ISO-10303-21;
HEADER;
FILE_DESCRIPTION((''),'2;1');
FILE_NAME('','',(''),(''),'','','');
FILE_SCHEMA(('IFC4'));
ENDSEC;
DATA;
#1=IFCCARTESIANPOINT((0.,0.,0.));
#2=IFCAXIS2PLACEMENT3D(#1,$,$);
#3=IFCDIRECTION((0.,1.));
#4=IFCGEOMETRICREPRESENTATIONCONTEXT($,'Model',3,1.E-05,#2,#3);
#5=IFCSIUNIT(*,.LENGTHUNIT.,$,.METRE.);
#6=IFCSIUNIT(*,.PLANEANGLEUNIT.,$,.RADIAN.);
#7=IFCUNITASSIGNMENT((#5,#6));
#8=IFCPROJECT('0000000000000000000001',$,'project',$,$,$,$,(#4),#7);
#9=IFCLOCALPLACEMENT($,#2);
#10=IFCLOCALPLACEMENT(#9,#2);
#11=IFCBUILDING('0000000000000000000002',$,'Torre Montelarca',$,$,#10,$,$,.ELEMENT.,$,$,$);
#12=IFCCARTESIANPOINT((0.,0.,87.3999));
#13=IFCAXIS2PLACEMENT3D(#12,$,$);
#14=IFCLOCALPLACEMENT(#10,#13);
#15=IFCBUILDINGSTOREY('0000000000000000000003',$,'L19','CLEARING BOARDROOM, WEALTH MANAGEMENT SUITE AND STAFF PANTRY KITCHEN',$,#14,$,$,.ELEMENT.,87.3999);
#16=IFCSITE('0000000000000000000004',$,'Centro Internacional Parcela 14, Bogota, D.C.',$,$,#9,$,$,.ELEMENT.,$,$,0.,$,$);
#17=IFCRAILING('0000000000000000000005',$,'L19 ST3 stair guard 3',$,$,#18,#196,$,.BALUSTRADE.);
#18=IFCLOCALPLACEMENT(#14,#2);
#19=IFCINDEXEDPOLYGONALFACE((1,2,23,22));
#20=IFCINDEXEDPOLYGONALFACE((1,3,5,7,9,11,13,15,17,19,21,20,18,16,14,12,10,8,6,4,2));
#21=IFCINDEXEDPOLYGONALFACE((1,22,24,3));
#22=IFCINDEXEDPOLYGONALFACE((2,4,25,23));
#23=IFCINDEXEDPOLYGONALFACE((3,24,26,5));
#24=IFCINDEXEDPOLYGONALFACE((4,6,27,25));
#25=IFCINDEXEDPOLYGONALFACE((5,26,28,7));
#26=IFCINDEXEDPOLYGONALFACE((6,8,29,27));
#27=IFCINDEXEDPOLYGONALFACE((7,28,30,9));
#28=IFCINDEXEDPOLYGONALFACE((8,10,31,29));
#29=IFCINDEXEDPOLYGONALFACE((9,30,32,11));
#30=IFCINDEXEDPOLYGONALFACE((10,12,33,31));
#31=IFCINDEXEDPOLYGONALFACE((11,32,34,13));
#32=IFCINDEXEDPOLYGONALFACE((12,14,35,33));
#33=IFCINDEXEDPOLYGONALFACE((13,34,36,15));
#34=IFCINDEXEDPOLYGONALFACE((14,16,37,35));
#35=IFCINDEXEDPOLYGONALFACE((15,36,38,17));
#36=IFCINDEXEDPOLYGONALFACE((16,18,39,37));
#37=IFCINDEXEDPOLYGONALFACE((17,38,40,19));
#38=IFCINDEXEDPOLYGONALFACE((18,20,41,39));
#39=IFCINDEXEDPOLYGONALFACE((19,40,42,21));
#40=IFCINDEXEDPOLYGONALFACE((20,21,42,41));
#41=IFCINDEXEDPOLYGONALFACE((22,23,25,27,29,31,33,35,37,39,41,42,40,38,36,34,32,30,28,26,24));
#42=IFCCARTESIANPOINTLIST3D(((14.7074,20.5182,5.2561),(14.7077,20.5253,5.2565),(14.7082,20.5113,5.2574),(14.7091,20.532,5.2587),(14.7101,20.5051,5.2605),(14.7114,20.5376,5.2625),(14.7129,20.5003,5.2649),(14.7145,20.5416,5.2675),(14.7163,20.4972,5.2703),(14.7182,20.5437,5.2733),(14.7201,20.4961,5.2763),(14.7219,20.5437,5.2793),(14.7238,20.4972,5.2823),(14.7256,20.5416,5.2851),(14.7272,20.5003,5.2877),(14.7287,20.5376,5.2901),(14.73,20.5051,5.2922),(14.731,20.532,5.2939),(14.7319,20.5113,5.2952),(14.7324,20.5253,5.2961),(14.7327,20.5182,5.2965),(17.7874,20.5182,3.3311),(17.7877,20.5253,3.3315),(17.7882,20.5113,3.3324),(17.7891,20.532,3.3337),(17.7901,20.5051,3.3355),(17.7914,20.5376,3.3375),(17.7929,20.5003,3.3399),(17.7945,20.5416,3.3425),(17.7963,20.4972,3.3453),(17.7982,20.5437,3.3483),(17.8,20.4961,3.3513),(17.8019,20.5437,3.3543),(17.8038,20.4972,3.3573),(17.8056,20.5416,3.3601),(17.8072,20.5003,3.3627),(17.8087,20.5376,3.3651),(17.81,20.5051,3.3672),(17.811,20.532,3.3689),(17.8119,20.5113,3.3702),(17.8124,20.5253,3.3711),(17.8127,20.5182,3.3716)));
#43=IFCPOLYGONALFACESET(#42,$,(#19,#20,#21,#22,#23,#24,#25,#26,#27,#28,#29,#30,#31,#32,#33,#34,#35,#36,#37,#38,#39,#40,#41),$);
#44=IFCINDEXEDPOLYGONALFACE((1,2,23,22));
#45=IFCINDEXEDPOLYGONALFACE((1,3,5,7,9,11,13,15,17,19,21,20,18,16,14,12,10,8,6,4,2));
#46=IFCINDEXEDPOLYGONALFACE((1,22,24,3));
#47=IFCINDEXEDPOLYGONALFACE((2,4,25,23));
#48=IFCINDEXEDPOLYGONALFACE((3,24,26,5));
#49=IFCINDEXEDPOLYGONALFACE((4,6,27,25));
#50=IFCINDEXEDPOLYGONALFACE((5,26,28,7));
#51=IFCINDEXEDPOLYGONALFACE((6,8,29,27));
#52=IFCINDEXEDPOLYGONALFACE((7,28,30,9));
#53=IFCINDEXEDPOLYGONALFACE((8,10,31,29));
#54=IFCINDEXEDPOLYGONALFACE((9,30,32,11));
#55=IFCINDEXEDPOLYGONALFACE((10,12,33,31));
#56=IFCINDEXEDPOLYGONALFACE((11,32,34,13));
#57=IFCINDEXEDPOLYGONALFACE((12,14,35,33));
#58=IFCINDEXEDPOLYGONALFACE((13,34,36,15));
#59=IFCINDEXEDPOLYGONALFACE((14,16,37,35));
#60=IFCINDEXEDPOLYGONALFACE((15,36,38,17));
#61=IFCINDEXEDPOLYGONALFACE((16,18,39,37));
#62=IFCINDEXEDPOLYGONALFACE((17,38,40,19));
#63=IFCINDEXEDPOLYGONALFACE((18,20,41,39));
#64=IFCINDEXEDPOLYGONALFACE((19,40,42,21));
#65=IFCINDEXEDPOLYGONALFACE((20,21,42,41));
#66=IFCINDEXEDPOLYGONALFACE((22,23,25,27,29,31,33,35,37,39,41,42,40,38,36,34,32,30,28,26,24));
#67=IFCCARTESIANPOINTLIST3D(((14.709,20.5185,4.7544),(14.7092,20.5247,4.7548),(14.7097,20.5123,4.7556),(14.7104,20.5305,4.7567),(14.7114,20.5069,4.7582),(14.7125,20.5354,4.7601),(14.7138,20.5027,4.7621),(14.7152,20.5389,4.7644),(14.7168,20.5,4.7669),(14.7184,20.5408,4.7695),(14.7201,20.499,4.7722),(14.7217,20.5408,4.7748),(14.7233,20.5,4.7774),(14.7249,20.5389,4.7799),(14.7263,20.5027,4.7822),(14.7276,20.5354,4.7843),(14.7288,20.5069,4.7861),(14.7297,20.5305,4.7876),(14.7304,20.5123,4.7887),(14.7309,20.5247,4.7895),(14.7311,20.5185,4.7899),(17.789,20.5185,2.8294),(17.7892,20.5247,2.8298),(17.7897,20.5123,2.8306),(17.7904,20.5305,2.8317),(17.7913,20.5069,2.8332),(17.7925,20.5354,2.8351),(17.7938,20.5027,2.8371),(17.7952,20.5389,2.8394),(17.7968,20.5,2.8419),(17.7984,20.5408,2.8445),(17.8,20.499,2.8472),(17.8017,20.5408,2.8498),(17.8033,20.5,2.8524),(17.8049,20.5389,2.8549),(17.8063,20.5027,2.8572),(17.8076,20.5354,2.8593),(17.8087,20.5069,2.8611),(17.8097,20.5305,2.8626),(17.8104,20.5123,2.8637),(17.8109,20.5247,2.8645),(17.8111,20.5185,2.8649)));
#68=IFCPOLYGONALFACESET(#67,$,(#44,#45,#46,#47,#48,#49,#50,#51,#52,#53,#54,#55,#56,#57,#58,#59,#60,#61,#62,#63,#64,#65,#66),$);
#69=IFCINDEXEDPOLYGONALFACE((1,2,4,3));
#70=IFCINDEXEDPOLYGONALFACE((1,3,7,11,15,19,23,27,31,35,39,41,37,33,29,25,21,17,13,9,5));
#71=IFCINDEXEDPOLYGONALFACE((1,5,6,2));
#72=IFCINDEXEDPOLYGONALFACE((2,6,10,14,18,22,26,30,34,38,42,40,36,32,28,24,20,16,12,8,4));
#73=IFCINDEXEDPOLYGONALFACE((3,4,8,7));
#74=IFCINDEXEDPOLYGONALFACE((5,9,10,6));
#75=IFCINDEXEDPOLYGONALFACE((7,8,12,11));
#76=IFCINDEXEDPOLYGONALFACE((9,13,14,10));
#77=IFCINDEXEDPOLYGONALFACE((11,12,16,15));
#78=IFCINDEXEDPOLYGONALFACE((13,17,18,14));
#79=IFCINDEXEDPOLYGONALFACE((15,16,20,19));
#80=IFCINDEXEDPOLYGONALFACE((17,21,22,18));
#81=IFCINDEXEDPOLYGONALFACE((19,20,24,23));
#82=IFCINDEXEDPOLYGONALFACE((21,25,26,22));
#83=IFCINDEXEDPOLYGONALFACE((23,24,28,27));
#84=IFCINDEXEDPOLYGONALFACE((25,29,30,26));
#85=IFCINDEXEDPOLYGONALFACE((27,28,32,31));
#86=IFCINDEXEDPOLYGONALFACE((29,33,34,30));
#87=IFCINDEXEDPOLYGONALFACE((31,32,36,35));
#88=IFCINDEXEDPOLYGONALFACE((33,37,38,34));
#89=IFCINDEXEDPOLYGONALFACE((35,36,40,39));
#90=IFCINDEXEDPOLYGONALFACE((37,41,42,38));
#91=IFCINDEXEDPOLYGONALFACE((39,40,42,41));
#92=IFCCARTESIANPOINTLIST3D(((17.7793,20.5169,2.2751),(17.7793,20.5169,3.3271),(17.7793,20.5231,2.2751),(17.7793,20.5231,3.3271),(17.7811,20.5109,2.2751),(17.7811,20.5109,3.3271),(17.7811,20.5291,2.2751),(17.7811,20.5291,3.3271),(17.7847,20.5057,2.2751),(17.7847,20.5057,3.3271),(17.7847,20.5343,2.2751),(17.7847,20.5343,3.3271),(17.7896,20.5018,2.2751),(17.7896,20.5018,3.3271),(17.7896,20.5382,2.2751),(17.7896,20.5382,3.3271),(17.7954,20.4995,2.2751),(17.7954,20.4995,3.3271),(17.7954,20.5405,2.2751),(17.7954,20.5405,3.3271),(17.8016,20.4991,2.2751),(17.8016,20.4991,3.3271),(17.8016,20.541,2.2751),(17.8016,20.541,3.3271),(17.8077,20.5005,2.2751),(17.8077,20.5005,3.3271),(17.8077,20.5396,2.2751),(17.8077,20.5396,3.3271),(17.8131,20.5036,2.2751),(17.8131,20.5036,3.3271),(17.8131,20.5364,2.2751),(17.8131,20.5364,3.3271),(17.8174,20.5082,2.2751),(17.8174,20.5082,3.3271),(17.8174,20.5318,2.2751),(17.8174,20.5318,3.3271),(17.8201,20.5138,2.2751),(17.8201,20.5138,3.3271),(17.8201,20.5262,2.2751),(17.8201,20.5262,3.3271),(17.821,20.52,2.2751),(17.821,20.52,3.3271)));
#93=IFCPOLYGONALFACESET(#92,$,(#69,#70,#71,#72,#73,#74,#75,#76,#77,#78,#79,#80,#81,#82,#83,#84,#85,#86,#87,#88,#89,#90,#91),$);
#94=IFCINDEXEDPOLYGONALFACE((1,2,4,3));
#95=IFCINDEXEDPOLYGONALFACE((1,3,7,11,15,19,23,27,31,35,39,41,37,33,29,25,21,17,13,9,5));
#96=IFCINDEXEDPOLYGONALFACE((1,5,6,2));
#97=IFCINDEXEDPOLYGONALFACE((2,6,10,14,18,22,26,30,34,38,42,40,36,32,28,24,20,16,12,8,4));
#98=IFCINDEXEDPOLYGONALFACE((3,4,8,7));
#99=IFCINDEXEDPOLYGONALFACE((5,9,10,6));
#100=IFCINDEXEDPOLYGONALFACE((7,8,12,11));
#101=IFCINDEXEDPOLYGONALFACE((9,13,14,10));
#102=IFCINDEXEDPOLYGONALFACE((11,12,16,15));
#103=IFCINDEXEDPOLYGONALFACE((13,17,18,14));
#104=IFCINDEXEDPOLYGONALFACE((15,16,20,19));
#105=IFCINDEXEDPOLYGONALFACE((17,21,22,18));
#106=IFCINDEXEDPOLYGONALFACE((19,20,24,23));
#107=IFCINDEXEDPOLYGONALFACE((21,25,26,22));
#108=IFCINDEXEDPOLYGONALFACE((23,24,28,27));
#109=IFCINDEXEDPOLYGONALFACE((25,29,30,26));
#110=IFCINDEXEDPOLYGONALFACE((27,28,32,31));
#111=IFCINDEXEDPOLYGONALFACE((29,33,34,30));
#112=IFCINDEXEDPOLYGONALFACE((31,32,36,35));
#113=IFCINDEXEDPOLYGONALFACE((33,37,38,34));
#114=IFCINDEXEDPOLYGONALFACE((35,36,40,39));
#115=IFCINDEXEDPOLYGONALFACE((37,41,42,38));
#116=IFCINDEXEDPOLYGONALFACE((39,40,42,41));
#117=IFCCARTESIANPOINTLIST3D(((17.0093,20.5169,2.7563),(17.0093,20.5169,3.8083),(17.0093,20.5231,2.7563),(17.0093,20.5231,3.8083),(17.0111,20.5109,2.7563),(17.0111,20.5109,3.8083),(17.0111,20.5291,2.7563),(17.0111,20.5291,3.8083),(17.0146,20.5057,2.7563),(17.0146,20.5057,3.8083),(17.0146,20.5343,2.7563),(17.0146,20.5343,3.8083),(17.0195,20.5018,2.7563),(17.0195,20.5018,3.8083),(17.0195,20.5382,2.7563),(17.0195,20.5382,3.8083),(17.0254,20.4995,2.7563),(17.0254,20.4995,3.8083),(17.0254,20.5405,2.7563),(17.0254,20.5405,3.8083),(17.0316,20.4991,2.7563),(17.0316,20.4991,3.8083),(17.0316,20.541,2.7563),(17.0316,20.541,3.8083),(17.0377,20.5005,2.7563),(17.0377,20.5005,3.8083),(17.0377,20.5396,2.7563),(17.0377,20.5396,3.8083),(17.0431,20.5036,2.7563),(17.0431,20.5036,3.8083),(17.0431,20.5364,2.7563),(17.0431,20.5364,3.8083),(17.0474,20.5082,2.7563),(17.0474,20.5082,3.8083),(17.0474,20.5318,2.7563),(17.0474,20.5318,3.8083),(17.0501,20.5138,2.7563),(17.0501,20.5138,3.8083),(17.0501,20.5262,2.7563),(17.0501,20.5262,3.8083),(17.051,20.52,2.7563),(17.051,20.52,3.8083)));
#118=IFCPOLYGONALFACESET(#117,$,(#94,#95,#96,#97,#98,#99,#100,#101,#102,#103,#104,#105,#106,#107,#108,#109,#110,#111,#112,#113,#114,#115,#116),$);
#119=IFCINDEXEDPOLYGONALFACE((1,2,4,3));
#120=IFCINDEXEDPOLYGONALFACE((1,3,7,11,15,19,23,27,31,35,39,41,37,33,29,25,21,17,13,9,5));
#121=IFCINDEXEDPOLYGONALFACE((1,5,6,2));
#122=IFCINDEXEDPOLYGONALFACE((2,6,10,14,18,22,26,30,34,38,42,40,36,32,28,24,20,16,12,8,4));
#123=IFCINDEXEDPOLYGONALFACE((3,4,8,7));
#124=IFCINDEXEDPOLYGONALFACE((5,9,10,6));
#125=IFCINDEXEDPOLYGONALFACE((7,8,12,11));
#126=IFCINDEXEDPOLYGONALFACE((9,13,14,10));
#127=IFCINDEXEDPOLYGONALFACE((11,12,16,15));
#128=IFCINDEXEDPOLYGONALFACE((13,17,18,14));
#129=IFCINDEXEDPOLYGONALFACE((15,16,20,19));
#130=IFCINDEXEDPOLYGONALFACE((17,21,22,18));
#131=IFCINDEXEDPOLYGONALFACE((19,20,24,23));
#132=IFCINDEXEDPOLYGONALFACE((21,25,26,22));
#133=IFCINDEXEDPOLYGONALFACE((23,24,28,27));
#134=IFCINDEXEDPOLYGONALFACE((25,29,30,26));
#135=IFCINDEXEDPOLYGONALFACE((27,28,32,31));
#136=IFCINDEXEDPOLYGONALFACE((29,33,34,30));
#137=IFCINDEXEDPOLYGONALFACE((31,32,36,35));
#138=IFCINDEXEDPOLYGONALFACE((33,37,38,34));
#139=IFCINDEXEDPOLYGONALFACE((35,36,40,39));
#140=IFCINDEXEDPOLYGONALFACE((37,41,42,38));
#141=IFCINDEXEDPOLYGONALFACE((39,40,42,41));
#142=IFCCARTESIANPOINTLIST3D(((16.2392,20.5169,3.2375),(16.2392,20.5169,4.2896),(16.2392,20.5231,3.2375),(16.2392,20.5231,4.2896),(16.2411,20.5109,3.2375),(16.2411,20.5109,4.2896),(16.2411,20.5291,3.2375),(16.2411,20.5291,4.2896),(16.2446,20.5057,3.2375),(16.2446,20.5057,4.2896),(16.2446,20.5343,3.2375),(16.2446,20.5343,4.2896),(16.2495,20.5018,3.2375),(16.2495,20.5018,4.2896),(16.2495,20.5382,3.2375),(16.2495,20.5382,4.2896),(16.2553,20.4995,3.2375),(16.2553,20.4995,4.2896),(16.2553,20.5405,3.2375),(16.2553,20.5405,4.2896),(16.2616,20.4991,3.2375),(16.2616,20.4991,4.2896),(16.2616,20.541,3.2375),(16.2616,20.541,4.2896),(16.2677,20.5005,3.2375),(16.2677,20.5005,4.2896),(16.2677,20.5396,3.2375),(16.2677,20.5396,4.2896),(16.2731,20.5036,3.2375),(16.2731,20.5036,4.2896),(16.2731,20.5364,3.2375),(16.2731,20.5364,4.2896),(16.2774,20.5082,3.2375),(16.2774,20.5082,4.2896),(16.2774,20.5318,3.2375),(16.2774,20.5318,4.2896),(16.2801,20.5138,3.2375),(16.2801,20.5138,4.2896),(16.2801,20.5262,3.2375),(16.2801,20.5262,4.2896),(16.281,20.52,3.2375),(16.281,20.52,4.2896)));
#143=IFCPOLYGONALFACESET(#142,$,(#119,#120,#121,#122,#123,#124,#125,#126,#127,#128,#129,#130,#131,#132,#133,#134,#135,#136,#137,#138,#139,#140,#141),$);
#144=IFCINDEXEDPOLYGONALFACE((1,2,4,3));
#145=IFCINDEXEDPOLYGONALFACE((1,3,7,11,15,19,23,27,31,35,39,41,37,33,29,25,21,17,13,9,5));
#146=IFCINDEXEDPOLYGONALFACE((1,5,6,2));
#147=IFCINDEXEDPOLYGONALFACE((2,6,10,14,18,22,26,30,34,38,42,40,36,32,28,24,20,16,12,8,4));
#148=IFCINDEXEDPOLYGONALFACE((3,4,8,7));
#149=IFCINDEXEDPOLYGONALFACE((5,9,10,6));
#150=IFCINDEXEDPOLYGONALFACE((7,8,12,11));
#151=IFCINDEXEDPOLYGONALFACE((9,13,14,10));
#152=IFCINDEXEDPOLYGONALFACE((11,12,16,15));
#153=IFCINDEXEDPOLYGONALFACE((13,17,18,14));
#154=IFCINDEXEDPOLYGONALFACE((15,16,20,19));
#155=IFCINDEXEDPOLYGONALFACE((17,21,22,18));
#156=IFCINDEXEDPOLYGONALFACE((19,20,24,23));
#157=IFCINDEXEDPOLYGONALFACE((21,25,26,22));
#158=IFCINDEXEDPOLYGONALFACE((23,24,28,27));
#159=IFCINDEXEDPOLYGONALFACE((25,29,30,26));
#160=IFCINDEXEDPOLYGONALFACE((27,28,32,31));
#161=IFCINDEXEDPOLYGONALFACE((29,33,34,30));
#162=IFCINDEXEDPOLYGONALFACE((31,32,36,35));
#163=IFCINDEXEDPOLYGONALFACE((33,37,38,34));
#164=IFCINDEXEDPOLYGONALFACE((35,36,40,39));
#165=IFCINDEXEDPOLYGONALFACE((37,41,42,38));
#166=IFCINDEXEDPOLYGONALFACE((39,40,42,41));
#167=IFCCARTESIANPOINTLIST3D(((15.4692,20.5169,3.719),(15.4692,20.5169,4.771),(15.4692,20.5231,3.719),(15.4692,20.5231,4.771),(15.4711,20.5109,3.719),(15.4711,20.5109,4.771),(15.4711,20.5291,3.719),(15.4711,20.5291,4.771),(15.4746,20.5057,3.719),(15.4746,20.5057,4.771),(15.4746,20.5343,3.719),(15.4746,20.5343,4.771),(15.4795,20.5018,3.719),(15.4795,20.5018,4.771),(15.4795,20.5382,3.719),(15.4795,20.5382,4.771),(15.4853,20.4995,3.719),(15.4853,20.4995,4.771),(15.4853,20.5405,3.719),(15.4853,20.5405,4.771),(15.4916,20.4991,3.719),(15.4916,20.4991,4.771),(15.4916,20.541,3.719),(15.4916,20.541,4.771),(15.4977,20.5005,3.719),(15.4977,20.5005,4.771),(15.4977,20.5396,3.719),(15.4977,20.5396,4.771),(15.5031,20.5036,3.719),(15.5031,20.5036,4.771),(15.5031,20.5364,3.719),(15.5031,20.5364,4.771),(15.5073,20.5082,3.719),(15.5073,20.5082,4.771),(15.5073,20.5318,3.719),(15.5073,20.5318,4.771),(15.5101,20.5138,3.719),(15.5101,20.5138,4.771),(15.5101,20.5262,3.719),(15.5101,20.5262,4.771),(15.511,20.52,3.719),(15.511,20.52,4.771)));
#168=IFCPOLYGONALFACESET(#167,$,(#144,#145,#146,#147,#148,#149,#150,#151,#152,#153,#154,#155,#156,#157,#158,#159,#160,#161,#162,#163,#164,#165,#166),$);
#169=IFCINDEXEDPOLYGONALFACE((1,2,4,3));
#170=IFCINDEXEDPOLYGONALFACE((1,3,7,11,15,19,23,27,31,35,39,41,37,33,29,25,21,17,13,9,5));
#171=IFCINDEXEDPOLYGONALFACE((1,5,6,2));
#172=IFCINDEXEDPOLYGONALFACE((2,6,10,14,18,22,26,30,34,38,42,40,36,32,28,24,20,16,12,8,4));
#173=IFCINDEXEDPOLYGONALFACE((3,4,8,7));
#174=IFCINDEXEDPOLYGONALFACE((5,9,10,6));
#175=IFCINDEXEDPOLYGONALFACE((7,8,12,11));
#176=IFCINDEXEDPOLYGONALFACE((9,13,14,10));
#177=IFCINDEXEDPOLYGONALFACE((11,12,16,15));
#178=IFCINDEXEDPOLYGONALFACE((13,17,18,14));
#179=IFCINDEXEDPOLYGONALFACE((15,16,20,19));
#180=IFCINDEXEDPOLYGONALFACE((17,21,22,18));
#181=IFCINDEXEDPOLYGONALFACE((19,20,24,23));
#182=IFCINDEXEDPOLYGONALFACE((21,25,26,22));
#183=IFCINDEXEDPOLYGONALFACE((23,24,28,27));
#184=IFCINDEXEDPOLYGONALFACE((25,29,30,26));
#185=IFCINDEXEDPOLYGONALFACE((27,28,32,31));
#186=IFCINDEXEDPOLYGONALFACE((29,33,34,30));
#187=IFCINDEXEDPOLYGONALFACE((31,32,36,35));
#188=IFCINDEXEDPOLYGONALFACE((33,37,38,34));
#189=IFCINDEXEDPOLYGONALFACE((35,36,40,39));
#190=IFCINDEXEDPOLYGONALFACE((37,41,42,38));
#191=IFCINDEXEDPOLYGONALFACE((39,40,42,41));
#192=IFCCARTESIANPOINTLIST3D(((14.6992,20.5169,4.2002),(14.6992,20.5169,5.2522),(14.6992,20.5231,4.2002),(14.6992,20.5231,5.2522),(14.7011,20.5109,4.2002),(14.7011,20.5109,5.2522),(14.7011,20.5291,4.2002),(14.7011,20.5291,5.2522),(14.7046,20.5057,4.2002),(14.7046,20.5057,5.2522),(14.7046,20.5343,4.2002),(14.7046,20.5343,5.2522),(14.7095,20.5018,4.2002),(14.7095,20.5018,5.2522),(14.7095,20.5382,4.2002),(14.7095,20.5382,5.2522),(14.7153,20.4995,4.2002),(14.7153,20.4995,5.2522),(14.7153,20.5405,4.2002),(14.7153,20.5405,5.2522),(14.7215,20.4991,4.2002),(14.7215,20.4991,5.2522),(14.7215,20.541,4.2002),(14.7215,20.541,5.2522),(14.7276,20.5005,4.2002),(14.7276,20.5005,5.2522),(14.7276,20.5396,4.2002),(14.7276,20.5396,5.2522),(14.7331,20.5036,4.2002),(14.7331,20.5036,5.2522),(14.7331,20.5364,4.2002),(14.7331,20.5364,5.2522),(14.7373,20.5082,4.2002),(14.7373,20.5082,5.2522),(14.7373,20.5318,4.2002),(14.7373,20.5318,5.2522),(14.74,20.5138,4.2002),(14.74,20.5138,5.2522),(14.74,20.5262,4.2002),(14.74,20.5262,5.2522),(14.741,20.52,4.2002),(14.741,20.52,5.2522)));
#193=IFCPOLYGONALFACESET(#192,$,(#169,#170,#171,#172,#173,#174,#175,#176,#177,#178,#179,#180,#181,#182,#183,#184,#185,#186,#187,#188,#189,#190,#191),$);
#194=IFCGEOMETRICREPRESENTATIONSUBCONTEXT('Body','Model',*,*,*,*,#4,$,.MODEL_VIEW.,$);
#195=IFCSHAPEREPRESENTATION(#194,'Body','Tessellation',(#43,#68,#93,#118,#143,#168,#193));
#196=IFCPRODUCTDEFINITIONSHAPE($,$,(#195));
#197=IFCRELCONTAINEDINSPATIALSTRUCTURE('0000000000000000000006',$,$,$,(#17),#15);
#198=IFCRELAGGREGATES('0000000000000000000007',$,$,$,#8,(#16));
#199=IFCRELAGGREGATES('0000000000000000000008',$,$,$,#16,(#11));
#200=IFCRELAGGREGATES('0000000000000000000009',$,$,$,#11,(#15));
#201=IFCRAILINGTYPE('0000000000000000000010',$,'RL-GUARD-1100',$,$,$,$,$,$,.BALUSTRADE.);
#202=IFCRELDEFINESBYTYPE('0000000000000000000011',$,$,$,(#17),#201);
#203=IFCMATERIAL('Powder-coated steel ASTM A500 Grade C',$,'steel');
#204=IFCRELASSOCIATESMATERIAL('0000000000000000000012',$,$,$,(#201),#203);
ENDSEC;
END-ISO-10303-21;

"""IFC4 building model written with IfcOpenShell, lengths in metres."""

from ifc_helpers import new_model, si_unit, direction, frame, origin, origin_2d, place, context, subcontext, project, spatial, circle, extrude, material, type_object, element, save


model = new_model("IFC4")

# Units and contexts
model_context = context("Model", 3, precision=1e-05, world=origin(), true_north=direction((0.0, 1.0)))
body_context = subcontext(model_context, "Body", "Model", "MODEL_VIEW")
ifc_project = project(units=[si_unit("LENGTHUNIT", "METRE"), si_unit("PLANEANGLEUNIT", "RADIAN")], contexts=[model_context])

# Site, building, storey
site_placement = place(None, origin())
site = spatial("IfcSite", under=ifc_project, at=site_placement, Name="Centro Internacional Parcela 14, Bogota, D.C.", CompositionType="ELEMENT", RefElevation=0.0)
building_placement = place(site_placement, origin())
building = spatial("IfcBuilding", under=site, at=building_placement, Name="Torre Montelarca", CompositionType="ELEMENT")
storey_placement = place(building_placement, frame((0.0, 0.0, 87.3999)))
storey = spatial("IfcBuildingStorey", under=building, at=storey_placement, Name="L19", Description="CLEARING BOARDROOM, WEALTH MANAGEMENT SUITE AND STAFF PANTRY KITCHEN", CompositionType="ELEMENT", Elevation=87.3999)

# Railing
ifc_material_1 = material(Name="Powder-coated steel ASTM A500 Grade C", Category="steel")
railing_type_1 = type_object("IfcRailingType", Name="RL-GUARD-1100", PredefinedType="BALUSTRADE", material=ifc_material_1)
railing_1_placement = place(storey_placement, frame((17.8, 20.52, 2.2751)))
element("IfcRailing", 1, at=railing_1_placement, inside=storey, type_object=railing_type_1, Name="L19 ST3 stair guard 3", PredefinedType="BALUSTRADE", context=body_context, shape_type="SweptSolid", body=[
    extrude(circle(Radius=0.0239, at=origin_2d()), frame((0.0, 0.0, 1.0762), z_axis=(-0.847998, 0.0, 0.529999), x_axis=(0.0, -1.0, 0.0)), (0.0, 0.0, 1.0), 3.6321),
    extrude(circle(Radius=0.021, at=origin_2d()), frame((0.0, 0.0, 0.572), z_axis=(-0.847998, 0.0, 0.529999), x_axis=(0.0, -1.0, 0.0)), (0.0, 0.0, 1.0), 3.6321),
    extrude(circle(Radius=0.021, at=origin_2d()), origin(), (0.0, 0.0, 1.0), 1.052),
    extrude(circle(Radius=0.021, at=origin_2d()), frame((-0.77, 0.0, 0.4812)), (0.0, 0.0, 1.0), 1.052),
    extrude(circle(Radius=0.021, at=origin_2d()), frame((-1.54, 0.0, 0.9624)), (0.0, 0.0, 1.0), 1.052),
    extrude(circle(Radius=0.021, at=origin_2d()), frame((-2.3101, 0.0, 1.4438)), (0.0, 0.0, 1.0), 1.052),
    extrude(circle(Radius=0.021, at=origin_2d()), frame((-3.0801, 0.0, 1.925)), (0.0, 0.0, 1.0), 1.052),
])

save(model, "model.ifc")
